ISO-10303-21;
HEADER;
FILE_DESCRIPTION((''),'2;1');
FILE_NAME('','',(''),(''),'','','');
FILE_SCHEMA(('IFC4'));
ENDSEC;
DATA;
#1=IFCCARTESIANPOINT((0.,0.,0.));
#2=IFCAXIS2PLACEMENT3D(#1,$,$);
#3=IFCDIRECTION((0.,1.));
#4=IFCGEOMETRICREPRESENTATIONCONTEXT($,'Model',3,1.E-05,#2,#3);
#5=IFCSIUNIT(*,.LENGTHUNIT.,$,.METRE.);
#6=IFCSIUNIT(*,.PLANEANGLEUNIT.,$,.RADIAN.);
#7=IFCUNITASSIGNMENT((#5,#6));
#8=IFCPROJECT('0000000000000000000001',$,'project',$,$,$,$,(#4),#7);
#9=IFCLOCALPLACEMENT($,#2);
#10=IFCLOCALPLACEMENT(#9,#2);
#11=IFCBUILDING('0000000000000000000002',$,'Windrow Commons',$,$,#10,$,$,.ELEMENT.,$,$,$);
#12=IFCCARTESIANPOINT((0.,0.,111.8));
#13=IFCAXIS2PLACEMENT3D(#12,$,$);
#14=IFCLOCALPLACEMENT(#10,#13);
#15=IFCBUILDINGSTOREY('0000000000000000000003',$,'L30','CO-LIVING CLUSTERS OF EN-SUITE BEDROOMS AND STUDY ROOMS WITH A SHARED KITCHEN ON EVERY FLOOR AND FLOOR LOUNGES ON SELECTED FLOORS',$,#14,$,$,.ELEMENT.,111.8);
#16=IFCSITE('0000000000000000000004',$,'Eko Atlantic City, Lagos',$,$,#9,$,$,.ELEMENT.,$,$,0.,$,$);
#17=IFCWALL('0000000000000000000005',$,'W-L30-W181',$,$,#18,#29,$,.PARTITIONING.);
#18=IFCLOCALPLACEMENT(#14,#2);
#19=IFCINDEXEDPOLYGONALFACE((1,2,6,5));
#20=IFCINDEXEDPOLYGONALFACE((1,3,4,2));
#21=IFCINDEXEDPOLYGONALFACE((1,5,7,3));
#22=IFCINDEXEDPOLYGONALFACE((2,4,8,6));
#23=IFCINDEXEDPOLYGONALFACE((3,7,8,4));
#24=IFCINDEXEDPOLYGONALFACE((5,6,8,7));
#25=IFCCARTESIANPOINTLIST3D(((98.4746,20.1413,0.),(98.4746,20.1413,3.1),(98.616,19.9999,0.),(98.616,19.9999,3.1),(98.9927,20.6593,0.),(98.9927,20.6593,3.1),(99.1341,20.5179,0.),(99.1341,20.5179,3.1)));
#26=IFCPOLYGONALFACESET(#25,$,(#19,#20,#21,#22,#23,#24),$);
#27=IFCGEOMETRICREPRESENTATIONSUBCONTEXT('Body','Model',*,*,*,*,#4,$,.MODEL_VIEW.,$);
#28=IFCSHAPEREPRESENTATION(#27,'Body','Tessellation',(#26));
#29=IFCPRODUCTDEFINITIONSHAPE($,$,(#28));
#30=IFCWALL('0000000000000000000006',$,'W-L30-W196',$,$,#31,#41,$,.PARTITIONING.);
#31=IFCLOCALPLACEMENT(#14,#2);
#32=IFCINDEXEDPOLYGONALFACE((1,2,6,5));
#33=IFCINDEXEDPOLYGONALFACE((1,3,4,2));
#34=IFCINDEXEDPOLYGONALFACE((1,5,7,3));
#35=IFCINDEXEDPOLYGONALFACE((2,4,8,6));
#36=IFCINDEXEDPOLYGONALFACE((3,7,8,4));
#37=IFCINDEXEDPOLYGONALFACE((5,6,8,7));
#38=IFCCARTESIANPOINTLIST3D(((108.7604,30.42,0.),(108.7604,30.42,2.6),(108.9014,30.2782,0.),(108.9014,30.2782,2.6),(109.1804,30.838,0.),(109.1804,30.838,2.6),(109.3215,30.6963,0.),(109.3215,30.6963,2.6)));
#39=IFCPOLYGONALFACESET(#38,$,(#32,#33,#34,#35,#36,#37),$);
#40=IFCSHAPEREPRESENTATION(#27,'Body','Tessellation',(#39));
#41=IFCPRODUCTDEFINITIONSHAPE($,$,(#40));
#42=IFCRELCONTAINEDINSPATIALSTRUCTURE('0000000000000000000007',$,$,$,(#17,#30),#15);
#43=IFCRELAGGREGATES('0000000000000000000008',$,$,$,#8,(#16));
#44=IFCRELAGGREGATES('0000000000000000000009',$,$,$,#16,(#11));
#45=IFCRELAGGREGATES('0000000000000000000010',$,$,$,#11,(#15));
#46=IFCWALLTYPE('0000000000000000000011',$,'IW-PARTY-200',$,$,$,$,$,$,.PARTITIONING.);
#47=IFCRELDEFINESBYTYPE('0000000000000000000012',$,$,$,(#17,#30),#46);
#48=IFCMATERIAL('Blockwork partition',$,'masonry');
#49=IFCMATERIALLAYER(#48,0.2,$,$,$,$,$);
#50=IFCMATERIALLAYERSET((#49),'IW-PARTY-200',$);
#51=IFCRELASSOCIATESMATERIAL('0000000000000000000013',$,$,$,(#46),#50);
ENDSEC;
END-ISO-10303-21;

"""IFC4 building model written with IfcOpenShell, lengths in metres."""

from ifc_helpers import new_model, si_unit, direction, frame, frame_2d, origin, place, context, subcontext, project, spatial, rectangle, extrude, material, layer, layer_set, type_object, element, save


model = new_model("IFC4")

# Units and contexts
model_context = context("Model", 3, precision=1e-05, world=origin(), true_north=direction((0.0, 1.0)))
body_context = subcontext(model_context, "Body", "Model", "MODEL_VIEW")
ifc_project = project(units=[si_unit("LENGTHUNIT", "METRE"), si_unit("PLANEANGLEUNIT", "RADIAN")], contexts=[model_context])

# Site, building, storey
site_placement = place(None, origin())
site = spatial("IfcSite", under=ifc_project, at=site_placement, Name="Eko Atlantic City, Lagos", CompositionType="ELEMENT", RefElevation=0.0)
building_placement = place(site_placement, origin())
building = spatial("IfcBuilding", under=site, at=building_placement, Name="Windrow Commons", CompositionType="ELEMENT")
storey_placement = place(building_placement, frame((0.0, 0.0, 111.8)))
storey = spatial("IfcBuildingStorey", under=building, at=storey_placement, Name="L30", Description="CO-LIVING CLUSTERS OF EN-SUITE BEDROOMS AND STUDY ROOMS WITH A SHARED KITCHEN ON EVERY FLOOR AND FLOOR LOUNGES ON SELECTED FLOORS", CompositionType="ELEMENT", Elevation=111.8)

# Walls
ifc_material_1 = material(Name="Blockwork partition", Category="masonry")
ifc_layer_1 = layer(ifc_material_1, 0.2)
ifc_layer_set_1 = layer_set([ifc_layer_1], Name="IW-PARTY-200")
wall_type_1 = type_object("IfcWallType", Name="IW-PARTY-200", PredefinedType="PARTITIONING", material=ifc_layer_set_1)
wall_1_placement = place(storey_placement, frame((98.5453, 20.0706, 0.0), z_axis=(0.0, 0.0, 1.0), x_axis=(0.707175, 0.707039, 0.0)))
element("IfcWall", 1, at=wall_1_placement, inside=storey, type_object=wall_type_1, Name="W-L30-W181", PredefinedType="PARTITIONING", context=body_context, shape_type="SweptSolid", body=[
    extrude(rectangle(XDim=0.7326, YDim=0.2, at=frame_2d((0.3663, 0.0))), origin(), (0.0, 0.0, 1.0), 3.1),
])
wall_2_placement = place(storey_placement, frame((108.8309, 30.3491, 0.0), z_axis=(0.0, 0.0, 1.0), x_axis=(0.708792, 0.705417, 0.0)))
element("IfcWall", 2, at=wall_2_placement, inside=storey, type_object=wall_type_1, Name="W-L30-W196", PredefinedType="PARTITIONING", context=body_context, shape_type="SweptSolid", body=[
    extrude(rectangle(XDim=0.5926, YDim=0.2, at=frame_2d((0.2963, 0.0))), origin(), (0.0, 0.0, 1.0), 2.6),
])

save(model, "model.ifc")
